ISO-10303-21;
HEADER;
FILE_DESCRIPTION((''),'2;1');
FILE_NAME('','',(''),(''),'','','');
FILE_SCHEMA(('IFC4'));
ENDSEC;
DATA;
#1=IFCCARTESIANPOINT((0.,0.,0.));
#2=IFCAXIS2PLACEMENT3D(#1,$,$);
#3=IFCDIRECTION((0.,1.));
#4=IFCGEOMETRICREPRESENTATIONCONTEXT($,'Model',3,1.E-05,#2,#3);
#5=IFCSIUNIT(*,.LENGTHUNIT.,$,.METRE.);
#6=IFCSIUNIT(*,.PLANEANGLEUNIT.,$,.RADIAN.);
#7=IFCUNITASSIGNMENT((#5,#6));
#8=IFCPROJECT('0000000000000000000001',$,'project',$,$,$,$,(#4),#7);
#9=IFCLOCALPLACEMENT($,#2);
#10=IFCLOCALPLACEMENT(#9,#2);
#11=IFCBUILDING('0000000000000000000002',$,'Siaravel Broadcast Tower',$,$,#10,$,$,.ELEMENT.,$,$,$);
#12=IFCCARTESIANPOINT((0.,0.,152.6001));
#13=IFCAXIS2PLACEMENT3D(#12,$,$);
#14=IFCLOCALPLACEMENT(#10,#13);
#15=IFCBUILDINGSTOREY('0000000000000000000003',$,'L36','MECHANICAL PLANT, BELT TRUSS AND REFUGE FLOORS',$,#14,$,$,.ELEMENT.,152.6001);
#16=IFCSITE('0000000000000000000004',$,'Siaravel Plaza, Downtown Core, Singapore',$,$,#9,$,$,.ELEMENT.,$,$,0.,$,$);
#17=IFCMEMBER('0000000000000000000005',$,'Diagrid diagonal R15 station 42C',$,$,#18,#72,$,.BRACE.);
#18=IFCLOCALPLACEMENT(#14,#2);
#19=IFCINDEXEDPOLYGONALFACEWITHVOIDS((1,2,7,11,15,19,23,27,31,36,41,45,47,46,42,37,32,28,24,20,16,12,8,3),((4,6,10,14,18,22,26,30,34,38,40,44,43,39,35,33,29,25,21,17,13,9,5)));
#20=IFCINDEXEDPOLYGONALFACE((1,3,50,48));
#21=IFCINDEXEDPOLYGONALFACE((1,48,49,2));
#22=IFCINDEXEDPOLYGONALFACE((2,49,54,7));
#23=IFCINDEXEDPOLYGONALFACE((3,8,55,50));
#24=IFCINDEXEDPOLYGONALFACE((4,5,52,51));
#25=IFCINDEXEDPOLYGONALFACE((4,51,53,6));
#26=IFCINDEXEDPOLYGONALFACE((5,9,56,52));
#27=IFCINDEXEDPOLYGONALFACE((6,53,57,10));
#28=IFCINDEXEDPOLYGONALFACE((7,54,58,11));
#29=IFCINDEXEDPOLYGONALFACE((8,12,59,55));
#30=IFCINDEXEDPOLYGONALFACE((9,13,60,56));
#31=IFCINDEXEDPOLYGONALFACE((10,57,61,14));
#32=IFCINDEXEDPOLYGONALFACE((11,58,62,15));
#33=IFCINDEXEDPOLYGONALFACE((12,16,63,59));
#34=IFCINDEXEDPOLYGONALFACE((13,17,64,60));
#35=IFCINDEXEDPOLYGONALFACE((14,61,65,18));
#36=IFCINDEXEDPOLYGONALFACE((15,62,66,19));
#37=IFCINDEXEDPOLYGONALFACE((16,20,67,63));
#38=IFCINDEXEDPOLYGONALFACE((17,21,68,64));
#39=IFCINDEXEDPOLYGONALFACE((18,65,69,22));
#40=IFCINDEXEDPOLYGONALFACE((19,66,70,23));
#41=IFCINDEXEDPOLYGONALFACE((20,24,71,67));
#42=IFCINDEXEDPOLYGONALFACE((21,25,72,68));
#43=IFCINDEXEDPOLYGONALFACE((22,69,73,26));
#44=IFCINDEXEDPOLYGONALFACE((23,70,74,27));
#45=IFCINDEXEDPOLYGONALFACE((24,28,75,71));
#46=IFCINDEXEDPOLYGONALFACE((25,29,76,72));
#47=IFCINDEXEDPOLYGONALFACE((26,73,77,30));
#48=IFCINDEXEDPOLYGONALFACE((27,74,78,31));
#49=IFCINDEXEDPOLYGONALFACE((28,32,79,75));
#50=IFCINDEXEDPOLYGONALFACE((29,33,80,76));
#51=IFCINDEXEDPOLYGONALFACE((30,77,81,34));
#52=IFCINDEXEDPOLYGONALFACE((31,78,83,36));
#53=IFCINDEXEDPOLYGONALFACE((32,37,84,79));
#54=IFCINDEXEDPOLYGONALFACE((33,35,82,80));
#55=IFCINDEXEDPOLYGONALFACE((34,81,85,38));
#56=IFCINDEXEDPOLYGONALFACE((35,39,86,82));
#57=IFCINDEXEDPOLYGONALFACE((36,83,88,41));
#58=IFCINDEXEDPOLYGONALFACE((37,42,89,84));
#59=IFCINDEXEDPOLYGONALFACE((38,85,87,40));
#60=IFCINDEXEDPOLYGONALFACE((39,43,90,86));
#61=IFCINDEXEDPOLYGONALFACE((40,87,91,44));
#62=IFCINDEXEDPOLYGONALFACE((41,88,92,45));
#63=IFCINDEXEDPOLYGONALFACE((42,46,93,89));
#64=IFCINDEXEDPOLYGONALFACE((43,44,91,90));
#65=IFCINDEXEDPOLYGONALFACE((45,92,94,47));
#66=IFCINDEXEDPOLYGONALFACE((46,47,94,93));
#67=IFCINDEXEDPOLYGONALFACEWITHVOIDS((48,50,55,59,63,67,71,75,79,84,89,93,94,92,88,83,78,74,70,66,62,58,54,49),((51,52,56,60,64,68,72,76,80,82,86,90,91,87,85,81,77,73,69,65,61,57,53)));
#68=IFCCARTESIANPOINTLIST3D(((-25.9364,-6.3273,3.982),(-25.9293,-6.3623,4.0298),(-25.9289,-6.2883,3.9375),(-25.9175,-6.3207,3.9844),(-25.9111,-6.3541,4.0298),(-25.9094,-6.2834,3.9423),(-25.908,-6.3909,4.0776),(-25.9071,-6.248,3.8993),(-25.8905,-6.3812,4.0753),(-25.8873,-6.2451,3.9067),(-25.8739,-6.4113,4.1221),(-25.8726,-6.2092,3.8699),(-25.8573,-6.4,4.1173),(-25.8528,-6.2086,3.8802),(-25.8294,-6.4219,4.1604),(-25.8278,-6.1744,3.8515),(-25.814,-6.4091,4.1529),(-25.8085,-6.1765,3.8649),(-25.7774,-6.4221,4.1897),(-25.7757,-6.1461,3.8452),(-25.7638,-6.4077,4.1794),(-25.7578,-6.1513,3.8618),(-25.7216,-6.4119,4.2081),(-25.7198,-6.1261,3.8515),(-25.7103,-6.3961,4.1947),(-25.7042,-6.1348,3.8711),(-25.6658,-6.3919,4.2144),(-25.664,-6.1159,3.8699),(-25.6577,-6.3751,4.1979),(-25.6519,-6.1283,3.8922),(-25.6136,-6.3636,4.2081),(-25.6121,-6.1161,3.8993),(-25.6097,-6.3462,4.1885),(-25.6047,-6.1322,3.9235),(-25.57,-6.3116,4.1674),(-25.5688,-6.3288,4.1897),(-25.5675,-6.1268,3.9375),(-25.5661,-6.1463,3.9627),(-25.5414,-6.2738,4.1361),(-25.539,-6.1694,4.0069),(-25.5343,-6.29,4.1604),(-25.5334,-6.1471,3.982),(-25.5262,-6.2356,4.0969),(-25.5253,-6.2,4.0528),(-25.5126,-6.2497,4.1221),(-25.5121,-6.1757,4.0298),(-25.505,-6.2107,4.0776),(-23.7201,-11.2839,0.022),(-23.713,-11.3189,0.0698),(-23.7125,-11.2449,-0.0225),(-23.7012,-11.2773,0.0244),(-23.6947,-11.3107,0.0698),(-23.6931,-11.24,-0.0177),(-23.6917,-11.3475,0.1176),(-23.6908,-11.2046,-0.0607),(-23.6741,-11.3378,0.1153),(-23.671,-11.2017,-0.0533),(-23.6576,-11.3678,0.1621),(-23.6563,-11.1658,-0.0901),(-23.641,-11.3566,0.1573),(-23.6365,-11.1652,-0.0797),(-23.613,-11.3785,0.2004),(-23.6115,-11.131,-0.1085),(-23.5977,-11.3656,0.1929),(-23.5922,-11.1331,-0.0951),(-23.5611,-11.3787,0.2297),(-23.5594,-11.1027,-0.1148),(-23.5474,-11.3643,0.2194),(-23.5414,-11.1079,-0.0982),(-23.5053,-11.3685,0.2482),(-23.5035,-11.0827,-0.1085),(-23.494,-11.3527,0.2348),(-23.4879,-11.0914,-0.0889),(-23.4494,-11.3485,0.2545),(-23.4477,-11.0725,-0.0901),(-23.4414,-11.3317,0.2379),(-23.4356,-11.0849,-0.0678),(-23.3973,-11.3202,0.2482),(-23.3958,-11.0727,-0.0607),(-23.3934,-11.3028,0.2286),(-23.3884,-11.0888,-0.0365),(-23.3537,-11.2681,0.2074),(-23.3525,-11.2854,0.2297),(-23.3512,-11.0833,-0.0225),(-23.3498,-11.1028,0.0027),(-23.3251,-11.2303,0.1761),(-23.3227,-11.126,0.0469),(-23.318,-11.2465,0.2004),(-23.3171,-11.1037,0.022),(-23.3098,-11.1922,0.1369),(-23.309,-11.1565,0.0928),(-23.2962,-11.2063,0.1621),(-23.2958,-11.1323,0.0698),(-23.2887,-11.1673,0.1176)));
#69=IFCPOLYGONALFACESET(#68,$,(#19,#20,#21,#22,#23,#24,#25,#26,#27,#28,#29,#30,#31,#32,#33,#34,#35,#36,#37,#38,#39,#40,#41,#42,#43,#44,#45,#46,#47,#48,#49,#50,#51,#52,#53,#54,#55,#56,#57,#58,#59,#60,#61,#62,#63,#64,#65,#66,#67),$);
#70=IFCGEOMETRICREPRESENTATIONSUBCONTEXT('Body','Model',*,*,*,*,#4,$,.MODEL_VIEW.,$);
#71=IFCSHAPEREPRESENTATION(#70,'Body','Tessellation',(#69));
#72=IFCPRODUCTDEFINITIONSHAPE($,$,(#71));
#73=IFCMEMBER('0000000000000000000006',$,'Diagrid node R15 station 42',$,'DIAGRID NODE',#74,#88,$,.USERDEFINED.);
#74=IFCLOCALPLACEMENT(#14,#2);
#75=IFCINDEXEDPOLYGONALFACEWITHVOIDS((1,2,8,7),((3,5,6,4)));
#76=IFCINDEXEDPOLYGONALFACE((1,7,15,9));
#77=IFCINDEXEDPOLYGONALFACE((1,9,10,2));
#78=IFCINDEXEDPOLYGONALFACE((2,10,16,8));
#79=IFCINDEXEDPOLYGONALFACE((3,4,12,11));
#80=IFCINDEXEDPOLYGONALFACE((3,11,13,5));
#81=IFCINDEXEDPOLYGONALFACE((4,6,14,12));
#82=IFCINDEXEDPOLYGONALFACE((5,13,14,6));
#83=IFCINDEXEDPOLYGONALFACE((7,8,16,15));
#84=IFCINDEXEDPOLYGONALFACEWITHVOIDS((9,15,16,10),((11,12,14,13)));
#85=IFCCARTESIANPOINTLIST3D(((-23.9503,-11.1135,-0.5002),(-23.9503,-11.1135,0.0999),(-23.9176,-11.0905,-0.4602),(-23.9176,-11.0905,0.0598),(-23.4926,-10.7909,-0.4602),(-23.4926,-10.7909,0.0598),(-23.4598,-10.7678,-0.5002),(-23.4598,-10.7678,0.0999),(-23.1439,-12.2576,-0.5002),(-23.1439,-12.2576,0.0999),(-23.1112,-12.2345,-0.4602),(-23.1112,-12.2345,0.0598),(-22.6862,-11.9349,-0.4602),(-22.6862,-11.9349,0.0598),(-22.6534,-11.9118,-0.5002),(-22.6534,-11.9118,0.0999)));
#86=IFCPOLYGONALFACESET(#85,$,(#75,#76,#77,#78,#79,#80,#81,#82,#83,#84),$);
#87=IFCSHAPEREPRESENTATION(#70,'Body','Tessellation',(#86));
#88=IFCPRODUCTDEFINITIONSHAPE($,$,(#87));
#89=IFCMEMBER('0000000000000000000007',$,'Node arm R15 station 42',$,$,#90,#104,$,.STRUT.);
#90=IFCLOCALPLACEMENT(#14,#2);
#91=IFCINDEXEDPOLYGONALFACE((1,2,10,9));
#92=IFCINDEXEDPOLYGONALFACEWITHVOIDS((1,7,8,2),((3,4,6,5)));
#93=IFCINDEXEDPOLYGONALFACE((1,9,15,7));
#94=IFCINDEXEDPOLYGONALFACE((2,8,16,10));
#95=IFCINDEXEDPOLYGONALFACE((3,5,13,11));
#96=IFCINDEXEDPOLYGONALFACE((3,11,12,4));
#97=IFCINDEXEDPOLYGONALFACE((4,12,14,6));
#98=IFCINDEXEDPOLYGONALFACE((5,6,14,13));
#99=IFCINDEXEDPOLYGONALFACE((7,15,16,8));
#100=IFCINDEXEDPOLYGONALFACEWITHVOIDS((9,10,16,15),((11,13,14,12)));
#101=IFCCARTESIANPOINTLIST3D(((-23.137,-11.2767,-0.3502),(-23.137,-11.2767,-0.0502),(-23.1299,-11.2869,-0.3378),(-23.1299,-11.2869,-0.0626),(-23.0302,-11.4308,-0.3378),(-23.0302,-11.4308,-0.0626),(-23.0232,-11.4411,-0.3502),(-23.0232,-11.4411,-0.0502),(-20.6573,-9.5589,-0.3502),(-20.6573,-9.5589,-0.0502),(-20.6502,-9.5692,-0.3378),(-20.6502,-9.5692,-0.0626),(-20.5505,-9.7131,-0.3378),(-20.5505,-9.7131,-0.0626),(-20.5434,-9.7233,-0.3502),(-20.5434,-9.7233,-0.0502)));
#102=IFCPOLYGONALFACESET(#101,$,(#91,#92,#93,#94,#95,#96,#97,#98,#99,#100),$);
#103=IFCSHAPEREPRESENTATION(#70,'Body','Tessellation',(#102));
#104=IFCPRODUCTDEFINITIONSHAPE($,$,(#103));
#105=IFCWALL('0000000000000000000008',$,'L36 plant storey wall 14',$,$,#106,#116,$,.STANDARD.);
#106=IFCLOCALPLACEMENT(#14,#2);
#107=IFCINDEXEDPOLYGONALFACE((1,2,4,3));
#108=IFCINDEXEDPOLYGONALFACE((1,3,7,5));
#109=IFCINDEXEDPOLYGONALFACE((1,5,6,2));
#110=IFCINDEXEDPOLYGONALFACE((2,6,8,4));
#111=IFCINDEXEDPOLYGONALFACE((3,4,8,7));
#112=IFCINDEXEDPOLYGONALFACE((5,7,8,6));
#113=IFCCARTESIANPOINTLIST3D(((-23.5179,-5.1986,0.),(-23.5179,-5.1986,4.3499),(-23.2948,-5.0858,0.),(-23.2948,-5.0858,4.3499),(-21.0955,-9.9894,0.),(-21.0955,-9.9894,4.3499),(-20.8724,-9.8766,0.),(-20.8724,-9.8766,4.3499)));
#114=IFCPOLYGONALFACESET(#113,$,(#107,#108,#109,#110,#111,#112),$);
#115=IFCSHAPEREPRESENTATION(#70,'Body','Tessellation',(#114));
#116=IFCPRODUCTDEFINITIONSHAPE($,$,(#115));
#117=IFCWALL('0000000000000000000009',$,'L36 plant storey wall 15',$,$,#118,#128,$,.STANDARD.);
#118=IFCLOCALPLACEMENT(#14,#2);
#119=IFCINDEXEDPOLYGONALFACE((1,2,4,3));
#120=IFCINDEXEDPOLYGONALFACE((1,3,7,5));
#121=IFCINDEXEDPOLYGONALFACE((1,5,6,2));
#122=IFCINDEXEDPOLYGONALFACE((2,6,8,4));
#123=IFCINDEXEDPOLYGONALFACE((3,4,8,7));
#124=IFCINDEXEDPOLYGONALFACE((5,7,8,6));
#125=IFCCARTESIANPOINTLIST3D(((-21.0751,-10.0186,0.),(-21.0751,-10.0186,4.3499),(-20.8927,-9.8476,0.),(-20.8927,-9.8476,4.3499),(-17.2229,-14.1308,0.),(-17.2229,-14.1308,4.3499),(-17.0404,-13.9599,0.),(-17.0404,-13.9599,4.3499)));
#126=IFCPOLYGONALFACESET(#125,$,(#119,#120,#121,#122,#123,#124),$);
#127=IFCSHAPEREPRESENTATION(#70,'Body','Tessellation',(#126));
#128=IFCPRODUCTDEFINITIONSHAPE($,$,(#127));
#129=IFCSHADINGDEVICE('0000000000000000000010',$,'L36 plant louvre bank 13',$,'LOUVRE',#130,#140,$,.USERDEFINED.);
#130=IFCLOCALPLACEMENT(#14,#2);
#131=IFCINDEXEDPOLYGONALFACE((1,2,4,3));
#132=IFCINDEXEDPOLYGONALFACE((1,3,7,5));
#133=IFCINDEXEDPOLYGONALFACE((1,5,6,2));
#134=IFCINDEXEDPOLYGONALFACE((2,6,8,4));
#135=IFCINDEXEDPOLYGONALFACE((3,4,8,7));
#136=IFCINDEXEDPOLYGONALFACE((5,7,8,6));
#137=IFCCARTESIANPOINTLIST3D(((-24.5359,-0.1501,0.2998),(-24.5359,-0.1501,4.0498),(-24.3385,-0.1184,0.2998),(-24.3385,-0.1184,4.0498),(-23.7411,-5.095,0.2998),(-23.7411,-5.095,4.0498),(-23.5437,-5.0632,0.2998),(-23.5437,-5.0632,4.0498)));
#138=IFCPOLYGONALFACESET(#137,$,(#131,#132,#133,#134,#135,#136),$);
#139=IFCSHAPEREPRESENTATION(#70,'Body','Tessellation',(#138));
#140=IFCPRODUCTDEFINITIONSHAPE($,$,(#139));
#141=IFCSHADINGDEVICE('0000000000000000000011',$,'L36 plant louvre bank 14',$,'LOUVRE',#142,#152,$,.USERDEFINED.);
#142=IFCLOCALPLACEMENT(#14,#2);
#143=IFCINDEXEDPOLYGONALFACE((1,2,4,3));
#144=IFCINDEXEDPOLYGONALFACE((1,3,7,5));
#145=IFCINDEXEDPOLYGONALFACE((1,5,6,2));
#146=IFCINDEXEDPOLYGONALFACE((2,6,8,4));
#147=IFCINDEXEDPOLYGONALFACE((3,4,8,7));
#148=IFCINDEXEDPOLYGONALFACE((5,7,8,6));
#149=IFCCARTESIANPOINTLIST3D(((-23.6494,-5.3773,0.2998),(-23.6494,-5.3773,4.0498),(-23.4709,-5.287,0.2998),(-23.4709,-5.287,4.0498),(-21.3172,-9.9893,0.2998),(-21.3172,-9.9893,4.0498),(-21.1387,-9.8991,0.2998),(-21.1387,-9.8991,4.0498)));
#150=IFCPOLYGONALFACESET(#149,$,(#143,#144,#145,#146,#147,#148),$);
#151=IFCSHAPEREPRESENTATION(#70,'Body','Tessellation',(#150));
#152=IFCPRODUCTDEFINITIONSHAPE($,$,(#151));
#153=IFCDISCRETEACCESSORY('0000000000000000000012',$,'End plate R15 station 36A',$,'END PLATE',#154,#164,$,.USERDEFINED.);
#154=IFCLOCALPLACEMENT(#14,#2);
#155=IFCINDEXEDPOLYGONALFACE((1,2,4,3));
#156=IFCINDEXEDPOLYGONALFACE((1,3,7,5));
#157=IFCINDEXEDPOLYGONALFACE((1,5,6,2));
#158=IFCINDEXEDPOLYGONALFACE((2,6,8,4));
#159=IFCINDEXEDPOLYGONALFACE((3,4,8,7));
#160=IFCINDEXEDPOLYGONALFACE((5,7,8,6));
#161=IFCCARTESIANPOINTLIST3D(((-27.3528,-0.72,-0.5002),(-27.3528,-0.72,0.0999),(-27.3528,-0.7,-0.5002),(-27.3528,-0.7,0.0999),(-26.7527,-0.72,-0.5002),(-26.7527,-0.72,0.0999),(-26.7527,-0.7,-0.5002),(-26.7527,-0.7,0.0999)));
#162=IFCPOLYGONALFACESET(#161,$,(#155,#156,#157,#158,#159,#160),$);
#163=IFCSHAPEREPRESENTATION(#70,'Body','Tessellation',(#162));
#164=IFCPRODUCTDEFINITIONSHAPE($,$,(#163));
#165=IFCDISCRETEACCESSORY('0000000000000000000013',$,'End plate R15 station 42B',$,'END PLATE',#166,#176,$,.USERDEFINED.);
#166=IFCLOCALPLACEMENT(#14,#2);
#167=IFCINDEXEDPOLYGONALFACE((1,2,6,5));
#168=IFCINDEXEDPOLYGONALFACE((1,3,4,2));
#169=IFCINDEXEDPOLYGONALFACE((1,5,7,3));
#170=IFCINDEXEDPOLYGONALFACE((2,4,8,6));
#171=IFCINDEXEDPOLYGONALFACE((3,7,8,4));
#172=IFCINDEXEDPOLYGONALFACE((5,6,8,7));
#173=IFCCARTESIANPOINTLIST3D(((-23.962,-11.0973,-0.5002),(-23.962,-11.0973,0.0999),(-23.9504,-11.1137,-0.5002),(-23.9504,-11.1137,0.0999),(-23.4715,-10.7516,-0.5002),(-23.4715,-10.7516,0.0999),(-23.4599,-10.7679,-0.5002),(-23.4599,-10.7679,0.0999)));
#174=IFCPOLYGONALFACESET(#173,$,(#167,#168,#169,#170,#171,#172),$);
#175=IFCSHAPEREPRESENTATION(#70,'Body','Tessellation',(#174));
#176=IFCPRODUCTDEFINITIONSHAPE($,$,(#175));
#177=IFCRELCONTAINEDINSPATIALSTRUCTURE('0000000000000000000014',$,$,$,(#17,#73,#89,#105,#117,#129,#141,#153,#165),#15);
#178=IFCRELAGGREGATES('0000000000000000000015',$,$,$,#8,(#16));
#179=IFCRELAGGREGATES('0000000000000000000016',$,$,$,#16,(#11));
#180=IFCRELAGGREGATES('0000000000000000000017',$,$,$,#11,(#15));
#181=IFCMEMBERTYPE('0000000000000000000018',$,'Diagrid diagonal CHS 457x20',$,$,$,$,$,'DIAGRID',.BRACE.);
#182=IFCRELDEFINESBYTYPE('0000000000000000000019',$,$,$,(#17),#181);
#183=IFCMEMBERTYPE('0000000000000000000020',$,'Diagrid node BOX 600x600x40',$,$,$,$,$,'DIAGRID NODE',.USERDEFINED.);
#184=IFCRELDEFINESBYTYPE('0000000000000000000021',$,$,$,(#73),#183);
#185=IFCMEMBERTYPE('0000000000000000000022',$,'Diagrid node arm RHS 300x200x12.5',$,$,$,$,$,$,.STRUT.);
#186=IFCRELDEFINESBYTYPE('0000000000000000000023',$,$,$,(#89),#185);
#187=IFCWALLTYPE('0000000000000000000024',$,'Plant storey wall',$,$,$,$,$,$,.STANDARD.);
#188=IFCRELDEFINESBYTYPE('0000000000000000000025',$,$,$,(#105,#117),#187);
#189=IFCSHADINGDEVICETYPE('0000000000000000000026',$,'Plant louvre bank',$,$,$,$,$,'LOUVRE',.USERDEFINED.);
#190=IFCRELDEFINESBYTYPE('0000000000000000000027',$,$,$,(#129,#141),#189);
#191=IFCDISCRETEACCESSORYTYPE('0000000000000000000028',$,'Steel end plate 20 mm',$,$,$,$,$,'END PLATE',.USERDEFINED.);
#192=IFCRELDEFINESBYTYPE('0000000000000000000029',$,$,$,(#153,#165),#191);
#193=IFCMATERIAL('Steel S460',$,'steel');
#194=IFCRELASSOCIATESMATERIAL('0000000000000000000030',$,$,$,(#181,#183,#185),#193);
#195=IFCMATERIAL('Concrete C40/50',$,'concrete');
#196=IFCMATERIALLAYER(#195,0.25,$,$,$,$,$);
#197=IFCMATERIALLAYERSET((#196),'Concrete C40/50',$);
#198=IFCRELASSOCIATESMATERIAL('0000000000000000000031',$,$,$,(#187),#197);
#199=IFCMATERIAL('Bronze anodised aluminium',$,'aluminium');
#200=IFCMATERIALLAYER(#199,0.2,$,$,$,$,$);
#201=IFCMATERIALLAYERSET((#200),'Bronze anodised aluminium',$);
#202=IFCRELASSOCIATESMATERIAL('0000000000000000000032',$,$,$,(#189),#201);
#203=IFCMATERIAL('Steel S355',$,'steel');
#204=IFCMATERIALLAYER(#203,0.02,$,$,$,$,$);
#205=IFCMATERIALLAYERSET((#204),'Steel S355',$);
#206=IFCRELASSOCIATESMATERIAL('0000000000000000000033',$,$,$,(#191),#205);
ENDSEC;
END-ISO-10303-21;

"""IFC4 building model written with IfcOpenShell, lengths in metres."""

from ifc_helpers import new_model, si_unit, direction, frame, frame_2d, origin, origin_2d, place, context, subcontext, project, spatial, rectangle, hollow_rectangle, hollow_circle, extrude, material, layer, layer_set, material_profile, profile_set, type_object, element, save


model = new_model("IFC4")

# Units and contexts
model_context = context("Model", 3, precision=1e-05, world=origin(), true_north=direction((0.0, 1.0)))
body_context = subcontext(model_context, "Body", "Model", "MODEL_VIEW")
ifc_project = project(units=[si_unit("LENGTHUNIT", "METRE"), si_unit("PLANEANGLEUNIT", "RADIAN")], contexts=[model_context])

# Site, building, storey
site_placement = place(None, origin())
site = spatial("IfcSite", under=ifc_project, at=site_placement, Name="Siaravel Plaza, Downtown Core, Singapore", CompositionType="ELEMENT", RefElevation=0.0)
building_placement = place(site_placement, origin())
building = spatial("IfcBuilding", under=site, at=building_placement, Name="Siaravel Broadcast Tower", CompositionType="ELEMENT")
storey_placement = place(building_placement, frame((0.0, 0.0, 152.6001)))
storey = spatial("IfcBuildingStorey", under=building, at=storey_placement, Name="L36", Description="MECHANICAL PLANT, BELT TRUSS AND REFUGE FLOORS", CompositionType="ELEMENT", Elevation=152.6001)

# Shared definitions
ifc_material_1 = material(Name="Steel S355", Category="steel")
ifc_material_2 = material(Name="Steel S460", Category="steel")

# Members
ifc_material_profile_1 = material_profile(ifc_material_2, hollow_circle(Radius=0.2285, WallThickness=0.02, at=origin_2d()))
ifc_profile_set_1 = profile_set([ifc_material_profile_1], Name="Steel S460")
member_type_1 = type_object("IfcMemberType", Name="Diagrid diagonal CHS 457x20", ElementType="DIAGRID", PredefinedType="BRACE", material=ifc_profile_set_1)
member_1_placement = place(storey_placement, frame((-23.5044, -11.2256, 0.0698), z_axis=(-0.3298, 0.737563, 0.589265), x_axis=(-0.912893, -0.408198, 0.0)))
element("IfcMember", 1, at=member_1_placement, inside=storey, type_object=member_type_1, Name="Diagrid diagonal R15 station 42C", PredefinedType="BRACE", context=body_context, shape_type="SweptSolid", body=[
    extrude(hollow_circle(Radius=0.2285, WallThickness=0.02, at=origin_2d()), origin(), (0.0, 0.0, 1.0), 6.7202),
])
ifc_material_profile_2 = material_profile(ifc_material_2, hollow_rectangle(XDim=0.6001, YDim=0.6001, WallThickness=0.04, at=origin_2d()))
ifc_profile_set_2 = profile_set([ifc_material_profile_2], Name="Steel S460")
member_type_2 = type_object("IfcMemberType", Name="Diagrid node BOX 600x600x40", ElementType="DIAGRID NODE", PredefinedType="USERDEFINED", material=ifc_profile_set_2)
member_2_placement = place(storey_placement, frame((-23.7051, -10.9407, -0.2002), z_axis=(0.576128, -0.817359, 0.0), x_axis=(0.817359, 0.576128, 0.0)))
element("IfcMember", 2, at=member_2_placement, inside=storey, type_object=member_type_2, Name="Diagrid node R15 station 42", ObjectType="DIAGRID NODE", PredefinedType="USERDEFINED", context=body_context, shape_type="SweptSolid", body=[
    extrude(hollow_rectangle(XDim=0.6001, YDim=0.6001, WallThickness=0.04, at=origin_2d()), origin(), (0.0, 0.0, 1.0), 1.3997),
])
ifc_material_profile_3 = material_profile(ifc_material_2, hollow_rectangle(XDim=0.2, YDim=0.3, WallThickness=0.0125, at=origin_2d()))
ifc_profile_set_3 = profile_set([ifc_material_profile_3], Name="Steel S460")
member_type_3 = type_object("IfcMemberType", Name="Diagrid node arm RHS 300x200x12.5", PredefinedType="STRUT", material=ifc_profile_set_3)
member_3_placement = place(storey_placement, frame((-20.6003, -9.6411, -0.2002), z_axis=(-0.822032, -0.569441, 0.0), x_axis=(0.569441, -0.822032, 0.0)))
element("IfcMember", 3, at=member_3_placement, inside=storey, type_object=member_type_3, Name="Node arm R15 station 42", PredefinedType="STRUT", context=body_context, shape_type="SweptSolid", body=[
    extrude(hollow_rectangle(XDim=0.2, YDim=0.3, WallThickness=0.0125, at=origin_2d()), origin(), (0.0, 0.0, 1.0), 3.0166),
])

# Walls
ifc_material_3 = material(Name="Concrete C40/50", Category="concrete")
ifc_layer_1 = layer(ifc_material_3, 0.25)
ifc_layer_set_1 = layer_set([ifc_layer_1], Name="Concrete C40/50")
wall_type = type_object("IfcWallType", Name="Plant storey wall", PredefinedType="STANDARD", material=ifc_layer_set_1)
wall_1_placement = place(storey_placement, frame((-23.4062, -5.1423, 0.0), z_axis=(0.0, 0.0, 1.0), x_axis=(0.451229, -0.892408, 0.0)))
element("IfcWall", 4, at=wall_1_placement, inside=storey, type_object=wall_type, Name="L36 plant storey wall 14", PredefinedType="STANDARD", context=body_context, shape_type="SweptSolid", body=[
    extrude(rectangle(XDim=5.3684, YDim=0.25, at=frame_2d((2.6841, 0.0))), origin(), (0.0, 0.0, 1.0), 4.3499),
])
wall_2_placement = place(storey_placement, frame((-20.9839, -9.9331, 0.0), z_axis=(0.0, 0.0, 1.0), x_axis=(0.683659, -0.729802, 0.0)))
element("IfcWall", 5, at=wall_2_placement, inside=storey, type_object=wall_type, Name="L36 plant storey wall 15", PredefinedType="STANDARD", context=body_context, shape_type="SweptSolid", body=[
    extrude(rectangle(XDim=5.6348, YDim=0.25, at=frame_2d((2.8174, 0.0))), origin(), (0.0, 0.0, 1.0), 4.3499),
])

# Shading devices
ifc_material_4 = material(Name="Bronze anodised aluminium", Category="aluminium")
ifc_layer_2 = layer(ifc_material_4, 0.2)
ifc_layer_set_2 = layer_set([ifc_layer_2], Name="Bronze anodised aluminium")
shading_device_type = type_object("IfcShadingDeviceType", Name="Plant louvre bank", ElementType="LOUVRE", PredefinedType="USERDEFINED", material=ifc_layer_set_2)
shading_device_1_placement = place(storey_placement, frame((-24.0398, -2.6067, 0.2998), z_axis=(0.0, 0.0, 1.0), x_axis=(0.158685, -0.987329, 0.0)))
element("IfcShadingDevice", 6, at=shading_device_1_placement, inside=storey, type_object=shading_device_type, Name="L36 plant louvre bank 13", ObjectType="LOUVRE", PredefinedType="USERDEFINED", context=body_context, shape_type="SweptSolid", body=[
    extrude(rectangle(XDim=5.0083, YDim=0.2, at=origin_2d()), origin(), (0.0, 0.0, 1.0), 3.75),
])
shading_device_2_placement = place(storey_placement, frame((-22.394, -7.6382, 0.2998), z_axis=(0.0, 0.0, 1.0), x_axis=(0.451261, -0.892392, 0.0)))
element("IfcShadingDevice", 7, at=shading_device_2_placement, inside=storey, type_object=shading_device_type, Name="L36 plant louvre bank 14", ObjectType="LOUVRE", PredefinedType="USERDEFINED", context=body_context, shape_type="SweptSolid", body=[
    extrude(rectangle(XDim=5.1682, YDim=0.2, at=origin_2d()), origin(), (0.0, 0.0, 1.0), 3.75),
])

# Discrete accessories
ifc_layer_3 = layer(ifc_material_1, 0.02)
ifc_layer_set_3 = layer_set([ifc_layer_3], Name="Steel S355")
discrete_accessory_type = type_object("IfcDiscreteAccessoryType", Name="Steel end plate 20 mm", ElementType="END PLATE", PredefinedType="USERDEFINED", material=ifc_layer_set_3)
for number, where, z_axis, x_axis, name in (
    (8, (-27.0527, -0.71, -0.5002), (0.0, 0.0, 1.0), (0.0, -1.0, 0.0), "End plate R15 station 36A"),
    (9, (-23.7109, -10.9326, -0.5002), (0.0, 0.0, 1.0), (0.576119, -0.817366, 0.0), "End plate R15 station 42B"),
):
    element("IfcDiscreteAccessory", number, at=place(storey_placement, frame(where, z_axis=z_axis, x_axis=x_axis)), inside=storey, type_object=discrete_accessory_type, Name=name, ObjectType="END PLATE", PredefinedType="USERDEFINED", context=body_context, shape_type="SweptSolid", body=[
        extrude(rectangle(XDim=0.02, YDim=0.6001, at=origin_2d()), origin(), (0.0, 0.0, 1.0), 0.6001),
    ])

save(model, "model.ifc")
